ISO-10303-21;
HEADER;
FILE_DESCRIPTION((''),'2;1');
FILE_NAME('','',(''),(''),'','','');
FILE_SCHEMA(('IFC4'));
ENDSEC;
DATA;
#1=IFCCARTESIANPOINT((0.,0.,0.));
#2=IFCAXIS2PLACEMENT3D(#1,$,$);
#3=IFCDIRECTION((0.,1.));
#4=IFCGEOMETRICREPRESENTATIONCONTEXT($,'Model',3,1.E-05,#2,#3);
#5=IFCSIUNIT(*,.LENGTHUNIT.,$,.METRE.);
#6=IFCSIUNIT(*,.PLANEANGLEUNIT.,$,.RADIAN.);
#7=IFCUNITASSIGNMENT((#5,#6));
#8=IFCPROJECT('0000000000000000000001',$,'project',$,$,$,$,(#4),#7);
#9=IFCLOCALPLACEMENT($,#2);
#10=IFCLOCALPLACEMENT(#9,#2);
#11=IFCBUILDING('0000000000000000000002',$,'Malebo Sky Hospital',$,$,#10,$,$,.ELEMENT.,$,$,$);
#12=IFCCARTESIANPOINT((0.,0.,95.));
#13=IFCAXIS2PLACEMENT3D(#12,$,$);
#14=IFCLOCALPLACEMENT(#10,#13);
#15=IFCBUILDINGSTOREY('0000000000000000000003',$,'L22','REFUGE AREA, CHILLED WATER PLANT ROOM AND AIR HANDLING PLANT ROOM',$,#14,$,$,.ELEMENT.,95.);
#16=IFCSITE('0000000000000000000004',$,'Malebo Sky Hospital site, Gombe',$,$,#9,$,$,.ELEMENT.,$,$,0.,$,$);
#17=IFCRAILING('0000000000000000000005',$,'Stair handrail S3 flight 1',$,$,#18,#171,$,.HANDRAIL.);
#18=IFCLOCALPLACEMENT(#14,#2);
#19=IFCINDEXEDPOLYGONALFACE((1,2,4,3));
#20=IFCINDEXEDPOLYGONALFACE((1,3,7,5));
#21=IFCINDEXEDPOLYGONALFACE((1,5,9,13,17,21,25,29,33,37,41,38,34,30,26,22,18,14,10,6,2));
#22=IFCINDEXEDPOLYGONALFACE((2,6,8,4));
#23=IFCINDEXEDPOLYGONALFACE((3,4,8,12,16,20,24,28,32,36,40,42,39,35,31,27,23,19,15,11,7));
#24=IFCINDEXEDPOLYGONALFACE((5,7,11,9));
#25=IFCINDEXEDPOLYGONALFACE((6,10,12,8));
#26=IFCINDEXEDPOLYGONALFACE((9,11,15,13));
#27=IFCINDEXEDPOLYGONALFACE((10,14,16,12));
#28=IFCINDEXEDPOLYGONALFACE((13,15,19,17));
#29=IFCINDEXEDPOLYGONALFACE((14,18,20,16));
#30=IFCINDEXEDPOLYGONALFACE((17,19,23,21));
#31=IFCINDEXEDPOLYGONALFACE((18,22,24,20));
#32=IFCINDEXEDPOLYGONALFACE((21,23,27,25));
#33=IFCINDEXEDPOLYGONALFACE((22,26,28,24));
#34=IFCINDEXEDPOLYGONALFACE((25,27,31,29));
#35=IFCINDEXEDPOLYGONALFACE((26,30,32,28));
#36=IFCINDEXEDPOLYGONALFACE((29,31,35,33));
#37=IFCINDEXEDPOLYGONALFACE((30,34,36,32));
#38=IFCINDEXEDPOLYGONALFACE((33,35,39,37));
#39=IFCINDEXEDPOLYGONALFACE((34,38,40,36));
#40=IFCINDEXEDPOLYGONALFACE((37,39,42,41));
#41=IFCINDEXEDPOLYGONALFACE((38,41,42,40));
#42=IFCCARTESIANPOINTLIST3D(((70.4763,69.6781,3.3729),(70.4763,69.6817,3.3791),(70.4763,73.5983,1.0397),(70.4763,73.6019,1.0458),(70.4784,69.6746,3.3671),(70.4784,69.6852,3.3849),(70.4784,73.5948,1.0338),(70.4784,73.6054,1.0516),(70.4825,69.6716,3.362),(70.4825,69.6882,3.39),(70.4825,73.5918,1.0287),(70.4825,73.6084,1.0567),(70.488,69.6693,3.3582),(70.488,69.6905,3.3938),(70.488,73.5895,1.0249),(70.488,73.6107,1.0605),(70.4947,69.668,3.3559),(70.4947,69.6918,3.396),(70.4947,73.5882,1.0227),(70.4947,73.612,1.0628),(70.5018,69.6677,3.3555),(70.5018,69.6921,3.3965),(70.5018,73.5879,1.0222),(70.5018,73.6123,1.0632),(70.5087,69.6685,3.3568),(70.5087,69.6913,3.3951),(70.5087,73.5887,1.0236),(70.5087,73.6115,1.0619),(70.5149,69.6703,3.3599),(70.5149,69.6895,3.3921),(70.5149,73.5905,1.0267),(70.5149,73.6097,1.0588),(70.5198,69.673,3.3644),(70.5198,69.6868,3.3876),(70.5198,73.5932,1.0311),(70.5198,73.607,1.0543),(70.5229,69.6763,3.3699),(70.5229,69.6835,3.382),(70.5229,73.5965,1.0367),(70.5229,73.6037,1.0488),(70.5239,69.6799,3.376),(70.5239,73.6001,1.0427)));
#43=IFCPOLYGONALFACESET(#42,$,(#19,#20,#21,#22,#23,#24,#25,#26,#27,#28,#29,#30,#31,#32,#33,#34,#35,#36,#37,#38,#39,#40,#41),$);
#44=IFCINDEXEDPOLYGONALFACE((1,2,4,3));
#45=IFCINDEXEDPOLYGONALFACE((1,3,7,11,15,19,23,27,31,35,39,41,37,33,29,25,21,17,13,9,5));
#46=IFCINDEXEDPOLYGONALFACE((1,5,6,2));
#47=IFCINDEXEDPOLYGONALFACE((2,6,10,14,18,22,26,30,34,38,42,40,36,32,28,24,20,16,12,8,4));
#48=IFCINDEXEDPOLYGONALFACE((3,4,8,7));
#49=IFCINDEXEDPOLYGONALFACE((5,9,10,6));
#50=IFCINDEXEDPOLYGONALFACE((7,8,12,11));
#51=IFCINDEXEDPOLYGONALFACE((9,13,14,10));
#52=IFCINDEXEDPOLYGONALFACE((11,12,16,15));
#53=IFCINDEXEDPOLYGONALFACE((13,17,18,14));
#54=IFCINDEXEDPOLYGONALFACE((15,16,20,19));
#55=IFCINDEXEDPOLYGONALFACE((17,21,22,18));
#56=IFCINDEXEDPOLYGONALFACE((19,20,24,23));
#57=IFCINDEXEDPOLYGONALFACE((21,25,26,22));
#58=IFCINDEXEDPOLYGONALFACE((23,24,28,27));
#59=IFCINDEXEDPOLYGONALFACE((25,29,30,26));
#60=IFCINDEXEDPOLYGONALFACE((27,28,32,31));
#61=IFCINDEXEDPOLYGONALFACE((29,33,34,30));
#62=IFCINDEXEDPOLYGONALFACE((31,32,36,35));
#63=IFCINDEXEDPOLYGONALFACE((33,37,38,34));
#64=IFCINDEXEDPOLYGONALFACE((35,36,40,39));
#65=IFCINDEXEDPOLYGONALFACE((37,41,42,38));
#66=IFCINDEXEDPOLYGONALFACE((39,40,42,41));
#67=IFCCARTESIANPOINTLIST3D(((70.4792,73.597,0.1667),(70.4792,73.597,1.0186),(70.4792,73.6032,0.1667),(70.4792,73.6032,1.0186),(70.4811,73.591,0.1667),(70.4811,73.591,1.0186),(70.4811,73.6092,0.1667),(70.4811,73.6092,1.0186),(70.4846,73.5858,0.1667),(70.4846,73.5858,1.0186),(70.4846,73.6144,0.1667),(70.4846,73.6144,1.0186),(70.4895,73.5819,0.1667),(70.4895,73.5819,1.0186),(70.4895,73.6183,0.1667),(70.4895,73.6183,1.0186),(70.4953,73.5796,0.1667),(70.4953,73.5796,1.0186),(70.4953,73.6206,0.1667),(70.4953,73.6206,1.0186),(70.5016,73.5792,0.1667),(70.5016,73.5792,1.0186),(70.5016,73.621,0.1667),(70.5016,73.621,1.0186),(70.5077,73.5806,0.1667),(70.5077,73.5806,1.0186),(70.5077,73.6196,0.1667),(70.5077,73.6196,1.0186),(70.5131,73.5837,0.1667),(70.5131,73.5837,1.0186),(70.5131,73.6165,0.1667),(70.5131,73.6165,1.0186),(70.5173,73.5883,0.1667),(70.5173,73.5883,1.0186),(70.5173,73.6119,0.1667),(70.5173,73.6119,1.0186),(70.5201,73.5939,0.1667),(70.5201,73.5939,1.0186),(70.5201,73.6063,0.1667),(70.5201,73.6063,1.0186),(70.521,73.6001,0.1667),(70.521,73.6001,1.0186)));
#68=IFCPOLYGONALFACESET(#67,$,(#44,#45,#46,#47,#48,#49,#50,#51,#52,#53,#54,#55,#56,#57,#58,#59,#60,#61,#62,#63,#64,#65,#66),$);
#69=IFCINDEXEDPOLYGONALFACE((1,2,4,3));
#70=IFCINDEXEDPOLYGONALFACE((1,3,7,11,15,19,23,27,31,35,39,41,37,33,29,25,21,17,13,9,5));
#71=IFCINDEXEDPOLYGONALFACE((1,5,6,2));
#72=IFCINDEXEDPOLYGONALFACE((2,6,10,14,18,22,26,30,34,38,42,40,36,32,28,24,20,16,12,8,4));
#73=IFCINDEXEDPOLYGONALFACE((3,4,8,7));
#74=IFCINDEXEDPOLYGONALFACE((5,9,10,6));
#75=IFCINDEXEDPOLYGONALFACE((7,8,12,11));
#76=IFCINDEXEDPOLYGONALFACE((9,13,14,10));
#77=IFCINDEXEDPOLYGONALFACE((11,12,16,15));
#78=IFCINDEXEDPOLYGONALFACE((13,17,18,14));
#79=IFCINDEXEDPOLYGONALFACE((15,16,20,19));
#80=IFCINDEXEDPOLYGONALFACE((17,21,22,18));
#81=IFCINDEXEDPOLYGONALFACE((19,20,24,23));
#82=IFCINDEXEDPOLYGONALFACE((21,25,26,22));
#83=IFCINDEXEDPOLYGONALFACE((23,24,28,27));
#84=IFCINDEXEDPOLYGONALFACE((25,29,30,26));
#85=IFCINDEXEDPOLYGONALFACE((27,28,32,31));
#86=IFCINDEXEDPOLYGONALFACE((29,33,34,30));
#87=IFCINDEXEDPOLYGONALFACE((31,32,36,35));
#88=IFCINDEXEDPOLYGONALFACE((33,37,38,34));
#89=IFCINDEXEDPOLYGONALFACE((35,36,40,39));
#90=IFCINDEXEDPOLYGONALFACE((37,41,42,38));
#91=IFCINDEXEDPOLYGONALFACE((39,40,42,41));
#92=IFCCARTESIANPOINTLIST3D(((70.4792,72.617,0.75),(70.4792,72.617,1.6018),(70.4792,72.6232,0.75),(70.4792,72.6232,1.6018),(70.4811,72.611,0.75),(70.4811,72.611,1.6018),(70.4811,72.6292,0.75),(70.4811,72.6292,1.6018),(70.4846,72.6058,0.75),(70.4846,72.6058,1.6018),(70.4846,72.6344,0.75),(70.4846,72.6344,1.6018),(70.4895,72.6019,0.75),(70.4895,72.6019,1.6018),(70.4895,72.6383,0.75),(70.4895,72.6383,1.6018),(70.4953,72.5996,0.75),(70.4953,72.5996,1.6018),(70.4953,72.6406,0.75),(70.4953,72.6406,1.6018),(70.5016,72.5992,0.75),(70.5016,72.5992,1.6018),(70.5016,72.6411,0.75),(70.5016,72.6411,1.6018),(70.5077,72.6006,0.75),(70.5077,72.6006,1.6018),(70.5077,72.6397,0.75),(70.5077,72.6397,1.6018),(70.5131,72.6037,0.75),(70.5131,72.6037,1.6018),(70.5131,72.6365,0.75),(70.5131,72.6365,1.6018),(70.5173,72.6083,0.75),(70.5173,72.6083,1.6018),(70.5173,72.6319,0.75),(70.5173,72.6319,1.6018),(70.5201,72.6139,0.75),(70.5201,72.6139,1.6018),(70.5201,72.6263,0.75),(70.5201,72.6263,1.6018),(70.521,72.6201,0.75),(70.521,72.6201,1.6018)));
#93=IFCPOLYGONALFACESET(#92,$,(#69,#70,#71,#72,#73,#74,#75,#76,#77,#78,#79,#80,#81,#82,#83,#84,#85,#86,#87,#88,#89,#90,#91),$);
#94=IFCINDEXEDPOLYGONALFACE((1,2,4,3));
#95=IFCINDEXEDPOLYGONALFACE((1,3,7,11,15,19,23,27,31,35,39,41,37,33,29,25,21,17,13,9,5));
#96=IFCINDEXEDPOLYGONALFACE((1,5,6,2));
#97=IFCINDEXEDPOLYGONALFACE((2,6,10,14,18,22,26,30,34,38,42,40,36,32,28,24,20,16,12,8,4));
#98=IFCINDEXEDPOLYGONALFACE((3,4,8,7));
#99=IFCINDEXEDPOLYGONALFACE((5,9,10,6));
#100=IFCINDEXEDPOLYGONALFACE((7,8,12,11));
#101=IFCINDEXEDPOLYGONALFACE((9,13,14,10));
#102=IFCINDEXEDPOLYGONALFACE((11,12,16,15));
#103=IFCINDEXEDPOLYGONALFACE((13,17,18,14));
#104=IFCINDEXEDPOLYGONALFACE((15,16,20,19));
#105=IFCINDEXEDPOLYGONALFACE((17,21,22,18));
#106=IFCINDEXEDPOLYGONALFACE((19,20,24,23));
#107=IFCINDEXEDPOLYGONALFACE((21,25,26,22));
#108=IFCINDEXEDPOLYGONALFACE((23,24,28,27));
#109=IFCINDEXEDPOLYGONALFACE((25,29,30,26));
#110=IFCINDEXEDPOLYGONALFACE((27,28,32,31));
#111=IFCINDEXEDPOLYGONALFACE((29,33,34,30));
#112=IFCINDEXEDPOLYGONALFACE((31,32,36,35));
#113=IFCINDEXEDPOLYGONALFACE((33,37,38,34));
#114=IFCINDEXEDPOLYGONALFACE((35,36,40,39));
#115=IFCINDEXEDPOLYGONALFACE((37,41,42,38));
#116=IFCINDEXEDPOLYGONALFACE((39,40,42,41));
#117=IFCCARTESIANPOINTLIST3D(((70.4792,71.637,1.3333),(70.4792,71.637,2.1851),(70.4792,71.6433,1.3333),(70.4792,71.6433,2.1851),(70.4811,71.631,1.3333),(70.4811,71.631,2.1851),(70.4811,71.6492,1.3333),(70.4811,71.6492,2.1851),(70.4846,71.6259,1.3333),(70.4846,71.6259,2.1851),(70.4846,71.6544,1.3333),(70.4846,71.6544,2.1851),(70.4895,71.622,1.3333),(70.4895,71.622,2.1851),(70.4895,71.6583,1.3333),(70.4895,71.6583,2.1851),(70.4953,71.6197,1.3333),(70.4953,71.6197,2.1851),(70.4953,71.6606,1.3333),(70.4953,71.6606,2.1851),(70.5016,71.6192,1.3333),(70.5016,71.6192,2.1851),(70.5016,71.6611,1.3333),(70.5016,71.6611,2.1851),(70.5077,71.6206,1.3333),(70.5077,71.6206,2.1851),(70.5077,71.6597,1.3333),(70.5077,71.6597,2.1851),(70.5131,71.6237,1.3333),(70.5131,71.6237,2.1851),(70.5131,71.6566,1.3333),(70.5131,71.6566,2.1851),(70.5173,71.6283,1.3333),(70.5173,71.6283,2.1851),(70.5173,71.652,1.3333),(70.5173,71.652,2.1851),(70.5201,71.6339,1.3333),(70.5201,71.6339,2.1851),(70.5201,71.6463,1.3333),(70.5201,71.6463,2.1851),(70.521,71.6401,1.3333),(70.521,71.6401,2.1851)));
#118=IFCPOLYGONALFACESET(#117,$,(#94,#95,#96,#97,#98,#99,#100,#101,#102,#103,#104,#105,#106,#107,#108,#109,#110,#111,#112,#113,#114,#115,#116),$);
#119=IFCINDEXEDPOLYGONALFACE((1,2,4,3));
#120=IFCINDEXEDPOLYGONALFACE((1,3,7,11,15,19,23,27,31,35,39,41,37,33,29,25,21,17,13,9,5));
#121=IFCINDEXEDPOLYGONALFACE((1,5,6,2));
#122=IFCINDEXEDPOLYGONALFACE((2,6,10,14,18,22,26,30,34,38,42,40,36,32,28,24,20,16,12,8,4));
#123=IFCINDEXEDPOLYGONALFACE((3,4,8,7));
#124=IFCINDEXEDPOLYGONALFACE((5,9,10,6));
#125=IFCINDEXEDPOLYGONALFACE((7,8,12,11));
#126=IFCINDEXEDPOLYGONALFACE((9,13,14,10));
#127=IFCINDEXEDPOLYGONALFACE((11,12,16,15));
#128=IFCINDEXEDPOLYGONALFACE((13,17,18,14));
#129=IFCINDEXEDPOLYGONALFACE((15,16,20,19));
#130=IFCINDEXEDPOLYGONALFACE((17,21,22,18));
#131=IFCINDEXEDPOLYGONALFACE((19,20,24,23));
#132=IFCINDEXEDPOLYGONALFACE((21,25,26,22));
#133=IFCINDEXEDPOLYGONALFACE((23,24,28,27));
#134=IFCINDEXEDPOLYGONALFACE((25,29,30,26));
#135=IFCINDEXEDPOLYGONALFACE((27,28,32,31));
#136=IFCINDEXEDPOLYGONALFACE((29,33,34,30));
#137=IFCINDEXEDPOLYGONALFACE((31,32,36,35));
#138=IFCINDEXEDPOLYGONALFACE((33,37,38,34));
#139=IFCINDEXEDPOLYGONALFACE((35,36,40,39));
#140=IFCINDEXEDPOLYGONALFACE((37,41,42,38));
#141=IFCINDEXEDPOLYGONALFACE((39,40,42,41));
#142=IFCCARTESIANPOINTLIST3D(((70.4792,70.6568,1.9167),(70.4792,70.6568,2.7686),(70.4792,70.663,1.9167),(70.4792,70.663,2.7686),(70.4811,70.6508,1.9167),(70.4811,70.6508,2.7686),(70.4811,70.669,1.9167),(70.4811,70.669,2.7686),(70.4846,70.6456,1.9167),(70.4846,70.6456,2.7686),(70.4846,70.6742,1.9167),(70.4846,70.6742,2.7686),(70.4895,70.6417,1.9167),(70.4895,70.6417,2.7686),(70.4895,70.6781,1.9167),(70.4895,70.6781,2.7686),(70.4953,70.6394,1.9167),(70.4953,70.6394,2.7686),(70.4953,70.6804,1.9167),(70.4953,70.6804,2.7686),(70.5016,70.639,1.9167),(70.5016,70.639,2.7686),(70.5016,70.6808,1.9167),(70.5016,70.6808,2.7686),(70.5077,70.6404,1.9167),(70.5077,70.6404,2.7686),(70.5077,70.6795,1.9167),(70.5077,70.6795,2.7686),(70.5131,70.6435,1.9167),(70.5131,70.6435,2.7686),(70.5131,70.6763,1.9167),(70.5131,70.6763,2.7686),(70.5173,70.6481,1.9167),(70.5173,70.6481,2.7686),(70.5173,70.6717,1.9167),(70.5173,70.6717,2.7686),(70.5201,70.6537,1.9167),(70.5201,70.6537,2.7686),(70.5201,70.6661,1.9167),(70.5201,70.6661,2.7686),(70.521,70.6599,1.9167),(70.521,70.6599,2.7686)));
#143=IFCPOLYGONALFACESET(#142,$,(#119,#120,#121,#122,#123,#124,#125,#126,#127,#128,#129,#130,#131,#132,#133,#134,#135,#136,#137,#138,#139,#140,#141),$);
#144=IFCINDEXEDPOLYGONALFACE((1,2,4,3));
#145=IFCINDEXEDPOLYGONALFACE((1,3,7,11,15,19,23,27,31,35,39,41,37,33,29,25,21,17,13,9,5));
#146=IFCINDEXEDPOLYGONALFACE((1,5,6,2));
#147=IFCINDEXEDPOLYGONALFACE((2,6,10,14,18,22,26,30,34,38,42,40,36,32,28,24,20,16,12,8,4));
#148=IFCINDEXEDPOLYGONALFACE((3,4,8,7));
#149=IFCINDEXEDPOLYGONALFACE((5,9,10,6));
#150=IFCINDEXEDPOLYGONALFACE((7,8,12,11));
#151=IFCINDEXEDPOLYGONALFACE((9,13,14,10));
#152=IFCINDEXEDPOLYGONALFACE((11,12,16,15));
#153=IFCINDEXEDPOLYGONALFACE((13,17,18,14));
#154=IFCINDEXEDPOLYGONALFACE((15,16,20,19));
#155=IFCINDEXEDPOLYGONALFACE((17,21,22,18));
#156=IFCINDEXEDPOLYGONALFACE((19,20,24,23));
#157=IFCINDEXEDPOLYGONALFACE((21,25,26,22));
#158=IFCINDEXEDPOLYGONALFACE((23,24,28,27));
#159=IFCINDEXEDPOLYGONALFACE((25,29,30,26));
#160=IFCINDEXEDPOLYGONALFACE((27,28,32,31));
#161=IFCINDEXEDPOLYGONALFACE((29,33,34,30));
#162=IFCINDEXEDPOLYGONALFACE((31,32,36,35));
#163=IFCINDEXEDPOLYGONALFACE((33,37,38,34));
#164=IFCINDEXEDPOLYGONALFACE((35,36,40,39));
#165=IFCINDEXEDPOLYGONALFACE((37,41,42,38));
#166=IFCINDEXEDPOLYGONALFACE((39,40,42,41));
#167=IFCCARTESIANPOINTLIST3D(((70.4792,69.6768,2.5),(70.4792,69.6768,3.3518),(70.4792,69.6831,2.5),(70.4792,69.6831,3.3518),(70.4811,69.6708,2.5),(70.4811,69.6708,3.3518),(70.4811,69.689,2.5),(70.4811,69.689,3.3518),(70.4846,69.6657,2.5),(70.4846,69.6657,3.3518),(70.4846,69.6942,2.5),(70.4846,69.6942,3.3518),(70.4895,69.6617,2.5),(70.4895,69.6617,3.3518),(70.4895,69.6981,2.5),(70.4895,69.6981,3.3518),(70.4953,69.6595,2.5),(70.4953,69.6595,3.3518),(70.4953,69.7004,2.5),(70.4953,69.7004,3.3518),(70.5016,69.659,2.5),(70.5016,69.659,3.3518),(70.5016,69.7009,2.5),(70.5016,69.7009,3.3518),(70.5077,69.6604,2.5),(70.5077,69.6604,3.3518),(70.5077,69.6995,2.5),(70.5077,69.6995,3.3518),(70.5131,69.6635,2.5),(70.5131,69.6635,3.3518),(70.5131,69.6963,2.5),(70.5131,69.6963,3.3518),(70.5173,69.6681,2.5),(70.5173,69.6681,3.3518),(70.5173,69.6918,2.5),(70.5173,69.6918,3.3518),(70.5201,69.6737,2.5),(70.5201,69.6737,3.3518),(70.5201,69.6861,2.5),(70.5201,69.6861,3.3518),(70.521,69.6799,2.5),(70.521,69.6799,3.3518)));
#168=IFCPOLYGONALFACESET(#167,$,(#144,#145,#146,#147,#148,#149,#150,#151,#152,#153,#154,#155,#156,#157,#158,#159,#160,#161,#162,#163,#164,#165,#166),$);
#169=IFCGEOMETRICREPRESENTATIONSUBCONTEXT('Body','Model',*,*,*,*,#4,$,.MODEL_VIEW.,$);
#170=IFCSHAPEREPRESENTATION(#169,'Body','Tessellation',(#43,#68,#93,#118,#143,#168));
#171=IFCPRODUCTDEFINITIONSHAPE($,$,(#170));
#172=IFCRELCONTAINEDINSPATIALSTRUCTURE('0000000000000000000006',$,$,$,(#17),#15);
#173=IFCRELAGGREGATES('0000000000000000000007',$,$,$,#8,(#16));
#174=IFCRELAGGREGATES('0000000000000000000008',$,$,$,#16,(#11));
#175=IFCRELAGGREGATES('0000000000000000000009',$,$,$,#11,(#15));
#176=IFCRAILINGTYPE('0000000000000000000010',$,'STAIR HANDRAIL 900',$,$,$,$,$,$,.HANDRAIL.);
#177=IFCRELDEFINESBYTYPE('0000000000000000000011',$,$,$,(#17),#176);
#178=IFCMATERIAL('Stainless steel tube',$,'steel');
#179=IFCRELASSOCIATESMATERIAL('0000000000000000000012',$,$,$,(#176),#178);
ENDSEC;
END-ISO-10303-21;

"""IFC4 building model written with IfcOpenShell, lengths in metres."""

from ifc_helpers import new_model, si_unit, direction, frame, origin, origin_2d, place, context, subcontext, project, spatial, circle, extrude, material, type_object, element, save


model = new_model("IFC4")

# Units and contexts
model_context = context("Model", 3, precision=1e-05, world=origin(), true_north=direction((0.0, 1.0)))
body_context = subcontext(model_context, "Body", "Model", "MODEL_VIEW")
ifc_project = project(units=[si_unit("LENGTHUNIT", "METRE"), si_unit("PLANEANGLEUNIT", "RADIAN")], contexts=[model_context])

# Site, building, storey
site_placement = place(None, origin())
site = spatial("IfcSite", under=ifc_project, at=site_placement, Name="Malebo Sky Hospital site, Gombe", CompositionType="ELEMENT", RefElevation=0.0)
building_placement = place(site_placement, origin())
building = spatial("IfcBuilding", under=site, at=building_placement, Name="Malebo Sky Hospital", CompositionType="ELEMENT")
storey_placement = place(building_placement, frame((0.0, 0.0, 95.0)))
storey = spatial("IfcBuildingStorey", under=building, at=storey_placement, Name="L22", Description="REFUGE AREA, CHILLED WATER PLANT ROOM AND AIR HANDLING PLANT ROOM", CompositionType="ELEMENT", Elevation=95.0)

# Railing
ifc_material_1 = material(Name="Stainless steel tube", Category="steel")
railing_type = type_object("IfcRailingType", Name="STAIR HANDRAIL 900", PredefinedType="HANDRAIL", material=ifc_material_1)
railing_1_placement = place(storey_placement, frame((70.5, 73.6001, 0.1667)))
element("IfcRailing", 1, at=railing_1_placement, inside=storey, type_object=railing_type, Name="Stair handrail S3 flight 1", PredefinedType="HANDRAIL", context=body_context, shape_type="SweptSolid", body=[
    extrude(circle(Radius=0.0239, at=origin_2d()), frame((0.0, 0.0, 0.876), z_axis=(0.0, -0.85931, 0.511455), x_axis=(1.0, 0.0, 0.0)), (0.0, 0.0, 1.0), 4.562),
    extrude(circle(Radius=0.021, at=origin_2d()), origin(), (0.0, 0.0, 1.0), 0.8518),
    extrude(circle(Radius=0.021, at=origin_2d()), frame((0.0, -0.98, 0.5833)), (0.0, 0.0, 1.0), 0.8518),
    extrude(circle(Radius=0.021, at=origin_2d()), frame((0.0, -1.96, 1.1665)), (0.0, 0.0, 1.0), 0.8518),
    extrude(circle(Radius=0.021, at=origin_2d()), frame((0.0, -2.9402, 1.75)), (0.0, 0.0, 1.0), 0.8518),
    extrude(circle(Radius=0.021, at=origin_2d()), frame((0.0, -3.9202, 2.3333)), (0.0, 0.0, 1.0), 0.8518),
])

save(model, "model.ifc")
